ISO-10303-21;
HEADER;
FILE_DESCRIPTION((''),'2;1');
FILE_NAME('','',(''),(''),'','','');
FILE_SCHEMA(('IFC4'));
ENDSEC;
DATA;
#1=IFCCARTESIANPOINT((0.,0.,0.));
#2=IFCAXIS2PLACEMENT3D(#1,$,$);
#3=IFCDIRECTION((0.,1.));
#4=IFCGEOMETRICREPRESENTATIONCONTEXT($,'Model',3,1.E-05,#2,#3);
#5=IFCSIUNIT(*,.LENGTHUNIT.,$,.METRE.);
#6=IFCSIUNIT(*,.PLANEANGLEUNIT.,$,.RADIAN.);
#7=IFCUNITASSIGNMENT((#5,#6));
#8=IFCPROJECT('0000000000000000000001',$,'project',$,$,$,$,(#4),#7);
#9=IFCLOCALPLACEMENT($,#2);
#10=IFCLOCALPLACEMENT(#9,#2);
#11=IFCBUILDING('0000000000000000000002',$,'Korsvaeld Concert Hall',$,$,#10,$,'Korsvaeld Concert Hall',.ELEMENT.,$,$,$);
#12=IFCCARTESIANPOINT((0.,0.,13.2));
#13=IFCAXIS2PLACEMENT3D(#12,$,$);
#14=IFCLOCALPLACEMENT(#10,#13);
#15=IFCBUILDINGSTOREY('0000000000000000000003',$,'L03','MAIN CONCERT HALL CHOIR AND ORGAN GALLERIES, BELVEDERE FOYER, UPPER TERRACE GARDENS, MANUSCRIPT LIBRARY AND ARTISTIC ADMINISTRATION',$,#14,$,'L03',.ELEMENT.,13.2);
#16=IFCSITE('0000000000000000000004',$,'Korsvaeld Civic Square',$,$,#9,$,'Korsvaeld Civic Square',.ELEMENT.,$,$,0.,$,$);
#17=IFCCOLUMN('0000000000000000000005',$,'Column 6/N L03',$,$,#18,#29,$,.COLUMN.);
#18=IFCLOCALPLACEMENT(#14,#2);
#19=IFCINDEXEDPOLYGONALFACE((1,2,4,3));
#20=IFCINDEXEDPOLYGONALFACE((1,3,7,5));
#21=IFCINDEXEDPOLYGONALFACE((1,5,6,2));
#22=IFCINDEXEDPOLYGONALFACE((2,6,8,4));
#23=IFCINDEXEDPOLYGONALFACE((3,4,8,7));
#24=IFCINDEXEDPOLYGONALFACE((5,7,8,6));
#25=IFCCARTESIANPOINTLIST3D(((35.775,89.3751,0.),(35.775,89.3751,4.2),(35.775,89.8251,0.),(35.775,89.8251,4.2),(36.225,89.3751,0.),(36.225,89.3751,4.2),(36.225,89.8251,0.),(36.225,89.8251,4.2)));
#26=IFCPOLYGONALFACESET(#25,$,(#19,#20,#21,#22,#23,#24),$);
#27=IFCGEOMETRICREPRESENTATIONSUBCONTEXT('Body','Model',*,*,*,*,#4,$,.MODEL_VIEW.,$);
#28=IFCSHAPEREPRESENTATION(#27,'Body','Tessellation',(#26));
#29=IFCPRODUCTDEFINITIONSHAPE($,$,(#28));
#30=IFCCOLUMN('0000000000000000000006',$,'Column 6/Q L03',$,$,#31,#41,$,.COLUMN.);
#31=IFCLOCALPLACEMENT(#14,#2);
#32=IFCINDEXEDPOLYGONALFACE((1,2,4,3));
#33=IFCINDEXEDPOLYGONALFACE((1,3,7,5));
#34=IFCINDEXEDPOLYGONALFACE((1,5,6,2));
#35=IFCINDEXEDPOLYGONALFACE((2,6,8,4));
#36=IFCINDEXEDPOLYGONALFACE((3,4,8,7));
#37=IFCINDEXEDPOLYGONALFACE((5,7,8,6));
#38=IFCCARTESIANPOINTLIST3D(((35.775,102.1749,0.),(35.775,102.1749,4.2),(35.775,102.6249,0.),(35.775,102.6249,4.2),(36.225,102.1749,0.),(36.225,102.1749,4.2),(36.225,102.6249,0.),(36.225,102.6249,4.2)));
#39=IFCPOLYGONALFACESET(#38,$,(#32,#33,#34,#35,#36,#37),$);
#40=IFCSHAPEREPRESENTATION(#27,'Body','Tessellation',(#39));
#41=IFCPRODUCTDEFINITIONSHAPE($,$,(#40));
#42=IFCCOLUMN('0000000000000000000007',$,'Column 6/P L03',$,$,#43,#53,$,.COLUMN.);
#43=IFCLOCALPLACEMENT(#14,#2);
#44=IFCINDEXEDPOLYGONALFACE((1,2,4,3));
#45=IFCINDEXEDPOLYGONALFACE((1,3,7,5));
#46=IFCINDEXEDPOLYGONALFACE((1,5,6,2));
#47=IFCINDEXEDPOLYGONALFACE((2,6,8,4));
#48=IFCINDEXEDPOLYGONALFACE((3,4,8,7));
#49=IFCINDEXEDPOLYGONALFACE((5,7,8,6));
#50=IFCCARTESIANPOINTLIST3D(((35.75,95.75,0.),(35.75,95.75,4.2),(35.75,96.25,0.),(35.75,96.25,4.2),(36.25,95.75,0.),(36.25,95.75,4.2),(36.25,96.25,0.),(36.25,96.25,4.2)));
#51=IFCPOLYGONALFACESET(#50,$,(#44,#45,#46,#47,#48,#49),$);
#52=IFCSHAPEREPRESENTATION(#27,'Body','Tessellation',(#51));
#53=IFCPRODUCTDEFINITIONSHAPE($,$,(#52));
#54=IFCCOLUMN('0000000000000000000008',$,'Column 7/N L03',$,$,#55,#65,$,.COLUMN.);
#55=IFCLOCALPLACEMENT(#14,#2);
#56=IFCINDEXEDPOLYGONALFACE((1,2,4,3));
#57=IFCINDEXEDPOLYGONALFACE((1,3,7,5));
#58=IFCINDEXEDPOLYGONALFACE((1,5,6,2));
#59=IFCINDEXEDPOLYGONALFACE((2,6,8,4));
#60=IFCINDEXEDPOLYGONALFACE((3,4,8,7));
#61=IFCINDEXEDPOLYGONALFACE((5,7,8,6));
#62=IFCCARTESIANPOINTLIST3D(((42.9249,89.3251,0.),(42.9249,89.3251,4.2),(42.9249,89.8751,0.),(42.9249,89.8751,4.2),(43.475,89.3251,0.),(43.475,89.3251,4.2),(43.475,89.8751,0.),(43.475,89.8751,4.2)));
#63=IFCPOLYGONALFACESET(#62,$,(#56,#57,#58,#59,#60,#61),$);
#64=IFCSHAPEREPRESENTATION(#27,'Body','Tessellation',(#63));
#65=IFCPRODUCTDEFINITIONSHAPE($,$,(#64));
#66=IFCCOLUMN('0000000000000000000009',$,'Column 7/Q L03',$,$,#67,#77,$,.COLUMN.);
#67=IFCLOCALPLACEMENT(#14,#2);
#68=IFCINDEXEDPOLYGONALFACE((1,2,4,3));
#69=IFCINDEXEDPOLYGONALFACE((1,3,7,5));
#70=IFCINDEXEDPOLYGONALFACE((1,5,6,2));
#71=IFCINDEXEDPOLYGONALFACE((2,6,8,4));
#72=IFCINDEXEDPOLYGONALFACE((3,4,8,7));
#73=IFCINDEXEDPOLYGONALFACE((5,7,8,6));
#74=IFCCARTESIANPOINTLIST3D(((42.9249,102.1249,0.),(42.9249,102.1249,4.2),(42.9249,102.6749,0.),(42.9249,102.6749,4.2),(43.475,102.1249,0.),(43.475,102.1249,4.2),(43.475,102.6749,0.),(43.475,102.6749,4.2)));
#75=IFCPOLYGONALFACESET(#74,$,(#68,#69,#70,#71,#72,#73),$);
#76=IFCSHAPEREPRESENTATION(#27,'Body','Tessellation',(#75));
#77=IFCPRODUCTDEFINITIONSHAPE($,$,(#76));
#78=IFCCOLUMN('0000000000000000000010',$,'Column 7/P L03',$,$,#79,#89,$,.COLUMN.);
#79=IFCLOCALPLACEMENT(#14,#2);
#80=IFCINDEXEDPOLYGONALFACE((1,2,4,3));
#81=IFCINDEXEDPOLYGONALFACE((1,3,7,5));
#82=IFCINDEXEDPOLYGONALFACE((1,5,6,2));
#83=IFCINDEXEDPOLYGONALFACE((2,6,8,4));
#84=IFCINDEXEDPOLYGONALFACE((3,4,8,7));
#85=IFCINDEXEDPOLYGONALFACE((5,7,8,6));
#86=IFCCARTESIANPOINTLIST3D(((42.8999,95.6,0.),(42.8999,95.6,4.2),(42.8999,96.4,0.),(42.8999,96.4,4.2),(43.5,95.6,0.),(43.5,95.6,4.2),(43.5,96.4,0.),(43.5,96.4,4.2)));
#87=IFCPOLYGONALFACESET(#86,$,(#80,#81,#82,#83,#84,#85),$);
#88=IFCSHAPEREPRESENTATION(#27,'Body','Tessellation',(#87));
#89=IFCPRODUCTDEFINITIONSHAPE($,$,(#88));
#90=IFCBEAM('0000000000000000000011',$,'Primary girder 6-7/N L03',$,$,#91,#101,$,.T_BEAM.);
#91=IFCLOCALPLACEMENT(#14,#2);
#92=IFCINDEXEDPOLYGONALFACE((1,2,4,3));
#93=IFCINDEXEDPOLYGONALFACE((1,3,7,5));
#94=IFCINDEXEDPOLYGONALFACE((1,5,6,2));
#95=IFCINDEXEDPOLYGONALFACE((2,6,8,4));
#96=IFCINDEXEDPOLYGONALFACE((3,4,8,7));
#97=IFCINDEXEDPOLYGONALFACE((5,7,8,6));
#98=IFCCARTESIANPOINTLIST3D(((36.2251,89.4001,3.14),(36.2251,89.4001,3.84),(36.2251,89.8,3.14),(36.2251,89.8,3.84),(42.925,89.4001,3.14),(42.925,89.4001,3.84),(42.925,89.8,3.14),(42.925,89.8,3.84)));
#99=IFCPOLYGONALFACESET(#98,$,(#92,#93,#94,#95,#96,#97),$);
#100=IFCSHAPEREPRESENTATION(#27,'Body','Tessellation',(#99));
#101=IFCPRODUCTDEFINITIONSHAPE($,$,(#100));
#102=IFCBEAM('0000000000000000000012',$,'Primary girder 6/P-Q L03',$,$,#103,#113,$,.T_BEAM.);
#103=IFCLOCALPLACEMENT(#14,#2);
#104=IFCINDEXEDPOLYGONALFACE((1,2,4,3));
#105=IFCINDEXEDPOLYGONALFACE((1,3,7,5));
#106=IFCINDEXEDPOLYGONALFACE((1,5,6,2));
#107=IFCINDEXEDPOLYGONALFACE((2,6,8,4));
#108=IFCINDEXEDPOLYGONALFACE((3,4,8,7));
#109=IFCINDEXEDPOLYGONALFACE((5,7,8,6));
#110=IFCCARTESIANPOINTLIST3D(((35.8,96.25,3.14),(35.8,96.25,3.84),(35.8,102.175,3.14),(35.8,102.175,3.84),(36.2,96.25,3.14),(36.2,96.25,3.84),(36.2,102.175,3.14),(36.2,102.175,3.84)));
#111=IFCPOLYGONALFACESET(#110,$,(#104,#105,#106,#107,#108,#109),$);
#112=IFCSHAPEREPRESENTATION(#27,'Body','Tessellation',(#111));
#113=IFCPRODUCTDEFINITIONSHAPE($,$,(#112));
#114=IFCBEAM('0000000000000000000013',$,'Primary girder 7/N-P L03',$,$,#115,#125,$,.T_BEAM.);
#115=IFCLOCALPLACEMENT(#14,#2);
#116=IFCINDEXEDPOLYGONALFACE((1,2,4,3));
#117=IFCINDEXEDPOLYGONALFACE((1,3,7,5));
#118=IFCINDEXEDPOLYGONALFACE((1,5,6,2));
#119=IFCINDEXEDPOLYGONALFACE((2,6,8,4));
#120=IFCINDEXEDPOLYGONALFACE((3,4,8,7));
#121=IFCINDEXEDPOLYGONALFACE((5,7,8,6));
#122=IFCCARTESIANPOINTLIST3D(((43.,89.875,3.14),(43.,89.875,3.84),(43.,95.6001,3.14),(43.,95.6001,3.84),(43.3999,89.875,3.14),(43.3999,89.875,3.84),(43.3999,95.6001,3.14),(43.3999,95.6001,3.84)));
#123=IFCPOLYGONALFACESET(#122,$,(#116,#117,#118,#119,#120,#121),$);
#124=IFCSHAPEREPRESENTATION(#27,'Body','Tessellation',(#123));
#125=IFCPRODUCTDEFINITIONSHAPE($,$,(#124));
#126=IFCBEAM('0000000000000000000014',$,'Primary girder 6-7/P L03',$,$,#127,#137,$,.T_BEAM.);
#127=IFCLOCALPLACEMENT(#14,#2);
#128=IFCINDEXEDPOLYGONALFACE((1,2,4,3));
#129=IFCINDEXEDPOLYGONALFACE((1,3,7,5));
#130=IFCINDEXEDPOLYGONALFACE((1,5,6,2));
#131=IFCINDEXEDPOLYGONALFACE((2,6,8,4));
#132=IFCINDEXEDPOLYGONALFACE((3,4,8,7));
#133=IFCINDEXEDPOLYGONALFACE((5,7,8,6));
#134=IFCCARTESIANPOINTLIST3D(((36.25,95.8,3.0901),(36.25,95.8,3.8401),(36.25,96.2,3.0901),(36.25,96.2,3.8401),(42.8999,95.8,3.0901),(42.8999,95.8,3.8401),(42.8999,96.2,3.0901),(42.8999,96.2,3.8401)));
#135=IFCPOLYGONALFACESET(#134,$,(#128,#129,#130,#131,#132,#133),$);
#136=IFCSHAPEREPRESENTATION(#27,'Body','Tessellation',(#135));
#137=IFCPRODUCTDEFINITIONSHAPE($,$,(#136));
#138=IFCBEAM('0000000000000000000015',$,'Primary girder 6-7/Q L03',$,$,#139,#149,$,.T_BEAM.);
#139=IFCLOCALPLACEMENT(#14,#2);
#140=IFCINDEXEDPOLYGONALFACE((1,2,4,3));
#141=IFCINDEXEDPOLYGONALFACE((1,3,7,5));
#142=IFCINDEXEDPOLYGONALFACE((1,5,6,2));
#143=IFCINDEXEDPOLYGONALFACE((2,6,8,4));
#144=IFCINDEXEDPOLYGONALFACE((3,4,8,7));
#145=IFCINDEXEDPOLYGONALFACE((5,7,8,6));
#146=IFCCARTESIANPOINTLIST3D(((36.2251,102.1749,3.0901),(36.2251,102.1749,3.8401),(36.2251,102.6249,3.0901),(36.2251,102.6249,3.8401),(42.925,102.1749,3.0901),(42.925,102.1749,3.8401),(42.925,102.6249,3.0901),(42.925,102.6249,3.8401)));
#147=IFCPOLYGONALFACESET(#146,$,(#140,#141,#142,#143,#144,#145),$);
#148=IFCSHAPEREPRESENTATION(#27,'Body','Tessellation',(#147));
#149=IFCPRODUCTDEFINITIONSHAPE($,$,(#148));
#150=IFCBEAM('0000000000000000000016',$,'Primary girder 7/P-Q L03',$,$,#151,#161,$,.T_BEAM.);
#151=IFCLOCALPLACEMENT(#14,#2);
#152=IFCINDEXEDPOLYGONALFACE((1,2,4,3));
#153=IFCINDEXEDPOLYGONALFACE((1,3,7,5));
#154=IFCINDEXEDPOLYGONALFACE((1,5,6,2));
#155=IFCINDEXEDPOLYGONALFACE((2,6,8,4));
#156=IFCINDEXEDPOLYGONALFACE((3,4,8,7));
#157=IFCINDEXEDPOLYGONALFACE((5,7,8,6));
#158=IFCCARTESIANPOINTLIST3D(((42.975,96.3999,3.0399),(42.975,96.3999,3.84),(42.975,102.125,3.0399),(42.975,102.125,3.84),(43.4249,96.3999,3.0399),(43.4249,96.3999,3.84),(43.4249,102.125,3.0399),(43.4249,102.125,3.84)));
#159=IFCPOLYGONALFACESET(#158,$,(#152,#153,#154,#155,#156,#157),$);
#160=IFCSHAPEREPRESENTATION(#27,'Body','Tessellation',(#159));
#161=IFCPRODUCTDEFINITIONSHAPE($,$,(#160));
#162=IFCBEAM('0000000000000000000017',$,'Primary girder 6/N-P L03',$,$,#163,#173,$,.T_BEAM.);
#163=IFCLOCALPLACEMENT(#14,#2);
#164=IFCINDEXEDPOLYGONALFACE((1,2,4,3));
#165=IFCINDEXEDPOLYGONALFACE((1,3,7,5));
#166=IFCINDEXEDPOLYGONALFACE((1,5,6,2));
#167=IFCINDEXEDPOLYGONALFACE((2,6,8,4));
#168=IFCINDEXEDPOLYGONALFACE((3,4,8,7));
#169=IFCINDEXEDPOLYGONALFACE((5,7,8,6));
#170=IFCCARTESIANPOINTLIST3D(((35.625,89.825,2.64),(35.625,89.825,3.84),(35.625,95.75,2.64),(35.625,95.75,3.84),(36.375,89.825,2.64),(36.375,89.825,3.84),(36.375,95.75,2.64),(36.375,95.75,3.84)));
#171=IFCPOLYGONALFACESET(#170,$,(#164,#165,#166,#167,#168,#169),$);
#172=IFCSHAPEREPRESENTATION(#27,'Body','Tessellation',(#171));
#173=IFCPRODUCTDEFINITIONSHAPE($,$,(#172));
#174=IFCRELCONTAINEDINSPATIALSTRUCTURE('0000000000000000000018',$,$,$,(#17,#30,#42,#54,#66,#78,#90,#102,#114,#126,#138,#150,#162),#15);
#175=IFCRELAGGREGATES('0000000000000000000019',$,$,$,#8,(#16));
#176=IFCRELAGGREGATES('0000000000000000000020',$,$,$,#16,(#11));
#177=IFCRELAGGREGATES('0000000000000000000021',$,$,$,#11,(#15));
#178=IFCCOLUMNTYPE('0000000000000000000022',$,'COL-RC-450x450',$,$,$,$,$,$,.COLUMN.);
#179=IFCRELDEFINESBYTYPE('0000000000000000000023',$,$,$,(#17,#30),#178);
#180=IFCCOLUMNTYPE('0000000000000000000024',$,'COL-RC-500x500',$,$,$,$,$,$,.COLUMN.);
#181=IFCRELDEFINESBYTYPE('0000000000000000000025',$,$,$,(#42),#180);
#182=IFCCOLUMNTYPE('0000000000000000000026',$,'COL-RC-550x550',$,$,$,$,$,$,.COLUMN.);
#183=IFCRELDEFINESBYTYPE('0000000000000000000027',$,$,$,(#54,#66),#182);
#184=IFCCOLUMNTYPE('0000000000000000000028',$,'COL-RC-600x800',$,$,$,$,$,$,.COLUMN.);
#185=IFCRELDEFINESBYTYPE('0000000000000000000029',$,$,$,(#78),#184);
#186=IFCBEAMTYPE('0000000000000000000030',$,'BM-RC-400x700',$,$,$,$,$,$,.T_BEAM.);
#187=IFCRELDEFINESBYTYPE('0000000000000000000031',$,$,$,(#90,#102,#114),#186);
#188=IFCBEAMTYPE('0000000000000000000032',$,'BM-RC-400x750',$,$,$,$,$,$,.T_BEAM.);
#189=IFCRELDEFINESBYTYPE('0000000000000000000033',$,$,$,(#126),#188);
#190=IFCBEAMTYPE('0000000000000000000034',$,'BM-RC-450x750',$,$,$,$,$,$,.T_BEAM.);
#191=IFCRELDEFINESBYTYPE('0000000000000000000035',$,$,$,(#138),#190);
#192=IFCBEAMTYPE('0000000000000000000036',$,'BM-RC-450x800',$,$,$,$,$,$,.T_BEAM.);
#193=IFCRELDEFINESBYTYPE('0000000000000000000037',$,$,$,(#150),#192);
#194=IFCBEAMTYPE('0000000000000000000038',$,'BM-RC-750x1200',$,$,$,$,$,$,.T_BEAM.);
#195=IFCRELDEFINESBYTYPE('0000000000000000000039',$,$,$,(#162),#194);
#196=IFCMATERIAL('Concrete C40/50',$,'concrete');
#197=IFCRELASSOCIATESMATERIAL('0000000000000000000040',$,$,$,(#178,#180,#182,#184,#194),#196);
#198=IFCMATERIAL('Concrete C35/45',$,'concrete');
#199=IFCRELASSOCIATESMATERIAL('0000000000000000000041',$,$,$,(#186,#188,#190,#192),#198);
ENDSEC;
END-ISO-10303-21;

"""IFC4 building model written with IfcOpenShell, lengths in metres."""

from ifc_helpers import new_model, si_unit, direction, frame, origin, origin_2d, place, context, subcontext, project, spatial, rectangle, extrude, material, material_profile, profile_set, type_object, element, save


model = new_model("IFC4")

# Units and contexts
model_context = context("Model", 3, precision=1e-05, world=origin(), true_north=direction((0.0, 1.0)))
body_context = subcontext(model_context, "Body", "Model", "MODEL_VIEW")
ifc_project = project(units=[si_unit("LENGTHUNIT", "METRE"), si_unit("PLANEANGLEUNIT", "RADIAN")], contexts=[model_context])

# Site, building, storey
site_placement = place(None, origin())
site = spatial("IfcSite", under=ifc_project, at=site_placement, Name="Korsvaeld Civic Square", LongName="Korsvaeld Civic Square", CompositionType="ELEMENT", RefElevation=0.0)
building_placement = place(site_placement, origin())
building = spatial("IfcBuilding", under=site, at=building_placement, Name="Korsvaeld Concert Hall", LongName="Korsvaeld Concert Hall", CompositionType="ELEMENT")
storey_placement = place(building_placement, frame((0.0, 0.0, 13.2)))
storey = spatial("IfcBuildingStorey", under=building, at=storey_placement, Name="L03", Description="MAIN CONCERT HALL CHOIR AND ORGAN GALLERIES, BELVEDERE FOYER, UPPER TERRACE GARDENS, MANUSCRIPT LIBRARY AND ARTISTIC ADMINISTRATION", LongName="L03", CompositionType="ELEMENT", Elevation=13.2)

# Columns
ifc_material_1 = material(Name="Concrete C40/50", Category="concrete")
ifc_material_profile_1 = material_profile(ifc_material_1, rectangle(XDim=0.45, YDim=0.45, at=origin_2d()), Name="RC 450x450")
ifc_profile_set_1 = profile_set([ifc_material_profile_1], Name="Concrete C40/50")
column_type_1 = type_object("IfcColumnType", Name="COL-RC-450x450", PredefinedType="COLUMN", material=ifc_profile_set_1)
for number, where, z_axis, x_axis, name in (
    (1, (36.0, 89.6001, 0.0), (0.0, 0.0, 1.0), (1.0, 0.0, 0.0), "Column 6/N L03"),
    (2, (36.0, 102.3999, 0.0), (0.0, 0.0, 1.0), (1.0, 0.0, 0.0), "Column 6/Q L03"),
):
    element("IfcColumn", number, at=place(storey_placement, frame(where, z_axis=z_axis, x_axis=x_axis)), inside=storey, type_object=column_type_1, Name=name, PredefinedType="COLUMN", context=body_context, shape_type="SweptSolid", body=[
        extrude(rectangle(XDim=0.45, YDim=0.45, at=origin_2d()), origin(), (0.0, 0.0, 1.0), 4.2),
    ])
ifc_material_profile_2 = material_profile(ifc_material_1, rectangle(XDim=0.5, YDim=0.5, at=origin_2d()), Name="RC 500x500")
ifc_profile_set_2 = profile_set([ifc_material_profile_2], Name="Concrete C40/50")
column_type_2 = type_object("IfcColumnType", Name="COL-RC-500x500", PredefinedType="COLUMN", material=ifc_profile_set_2)
column_1_placement = place(storey_placement, frame((36.0, 96.0, 0.0), z_axis=(0.0, 0.0, 1.0), x_axis=(1.0, 0.0, 0.0)))
element("IfcColumn", 3, at=column_1_placement, inside=storey, type_object=column_type_2, Name="Column 6/P L03", PredefinedType="COLUMN", context=body_context, shape_type="SweptSolid", body=[
    extrude(rectangle(XDim=0.5, YDim=0.5, at=origin_2d()), origin(), (0.0, 0.0, 1.0), 4.2),
])
ifc_material_profile_3 = material_profile(ifc_material_1, rectangle(XDim=0.55, YDim=0.55, at=origin_2d()), Name="RC 550x550")
ifc_profile_set_3 = profile_set([ifc_material_profile_3], Name="Concrete C40/50")
column_type_3 = type_object("IfcColumnType", Name="COL-RC-550x550", PredefinedType="COLUMN", material=ifc_profile_set_3)
for number, where, z_axis, x_axis, name in (
    (4, (43.2, 89.6001, 0.0), (0.0, 0.0, 1.0), (1.0, 0.0, 0.0), "Column 7/N L03"),
    (5, (43.2, 102.3999, 0.0), (0.0, 0.0, 1.0), (1.0, 0.0, 0.0), "Column 7/Q L03"),
):
    element("IfcColumn", number, at=place(storey_placement, frame(where, z_axis=z_axis, x_axis=x_axis)), inside=storey, type_object=column_type_3, Name=name, PredefinedType="COLUMN", context=body_context, shape_type="SweptSolid", body=[
        extrude(rectangle(XDim=0.55, YDim=0.55, at=origin_2d()), origin(), (0.0, 0.0, 1.0), 4.2),
    ])
ifc_material_profile_4 = material_profile(ifc_material_1, rectangle(XDim=0.6001, YDim=0.8, at=origin_2d()), Name="RC 600x800")
ifc_profile_set_4 = profile_set([ifc_material_profile_4], Name="Concrete C40/50")
column_type_4 = type_object("IfcColumnType", Name="COL-RC-600x800", PredefinedType="COLUMN", material=ifc_profile_set_4)
column_2_placement = place(storey_placement, frame((43.2, 96.0, 0.0), z_axis=(0.0, 0.0, 1.0), x_axis=(1.0, 0.0, 0.0)))
element("IfcColumn", 6, at=column_2_placement, inside=storey, type_object=column_type_4, Name="Column 7/P L03", PredefinedType="COLUMN", context=body_context, shape_type="SweptSolid", body=[
    extrude(rectangle(XDim=0.6001, YDim=0.8, at=origin_2d()), origin(), (0.0, 0.0, 1.0), 4.2),
])

# Beams
ifc_material_2 = material(Name="Concrete C35/45", Category="concrete")
ifc_material_profile_5 = material_profile(ifc_material_2, rectangle(XDim=0.3999, YDim=0.7, at=origin_2d()), Name="RC 400x700")
ifc_profile_set_5 = profile_set([ifc_material_profile_5], Name="Concrete C35/45")
beam_type_1 = type_object("IfcBeamType", Name="BM-RC-400x700", PredefinedType="T_BEAM", material=ifc_profile_set_5)
beam_1_placement = place(storey_placement, frame((36.2251, 89.6001, 3.49), z_axis=(1.0, 0.0, 0.0), x_axis=(0.0, 1.0, 0.0)))
element("IfcBeam", 7, at=beam_1_placement, inside=storey, type_object=beam_type_1, Name="Primary girder 6-7/N L03", PredefinedType="T_BEAM", context=body_context, shape_type="SweptSolid", body=[
    extrude(rectangle(XDim=0.3999, YDim=0.7, at=origin_2d()), origin(), (0.0, 0.0, 1.0), 6.7),
])
beam_2_placement = place(storey_placement, frame((36.0, 96.25, 3.49), z_axis=(0.0, 1.0, 0.0), x_axis=(-1.0, 0.0, 0.0)))
element("IfcBeam", 8, at=beam_2_placement, inside=storey, type_object=beam_type_1, Name="Primary girder 6/P-Q L03", PredefinedType="T_BEAM", context=body_context, shape_type="SweptSolid", body=[
    extrude(rectangle(XDim=0.3999, YDim=0.7, at=origin_2d()), origin(), (0.0, 0.0, 1.0), 5.925),
])
beam_3_placement = place(storey_placement, frame((43.2, 89.875, 3.49), z_axis=(0.0, 1.0, 0.0), x_axis=(-1.0, 0.0, 0.0)))
element("IfcBeam", 9, at=beam_3_placement, inside=storey, type_object=beam_type_1, Name="Primary girder 7/N-P L03", PredefinedType="T_BEAM", context=body_context, shape_type="SweptSolid", body=[
    extrude(rectangle(XDim=0.3999, YDim=0.7, at=origin_2d()), origin(), (0.0, 0.0, 1.0), 5.7251),
])
ifc_material_profile_6 = material_profile(ifc_material_2, rectangle(XDim=0.3999, YDim=0.75, at=origin_2d()), Name="RC 400x750")
ifc_profile_set_6 = profile_set([ifc_material_profile_6], Name="Concrete C35/45")
beam_type_2 = type_object("IfcBeamType", Name="BM-RC-400x750", PredefinedType="T_BEAM", material=ifc_profile_set_6)
beam_4_placement = place(storey_placement, frame((36.25, 96.0, 3.4651), z_axis=(1.0, 0.0, 0.0), x_axis=(0.0, 1.0, 0.0)))
element("IfcBeam", 10, at=beam_4_placement, inside=storey, type_object=beam_type_2, Name="Primary girder 6-7/P L03", PredefinedType="T_BEAM", context=body_context, shape_type="SweptSolid", body=[
    extrude(rectangle(XDim=0.3999, YDim=0.75, at=origin_2d()), origin(), (0.0, 0.0, 1.0), 6.6499),
])
ifc_material_profile_7 = material_profile(ifc_material_2, rectangle(XDim=0.45, YDim=0.75, at=origin_2d()), Name="RC 450x750")
ifc_profile_set_7 = profile_set([ifc_material_profile_7], Name="Concrete C35/45")
beam_type_3 = type_object("IfcBeamType", Name="BM-RC-450x750", PredefinedType="T_BEAM", material=ifc_profile_set_7)
beam_5_placement = place(storey_placement, frame((36.2251, 102.3999, 3.4651), z_axis=(1.0, 0.0, 0.0), x_axis=(0.0, 1.0, 0.0)))
element("IfcBeam", 11, at=beam_5_placement, inside=storey, type_object=beam_type_3, Name="Primary girder 6-7/Q L03", PredefinedType="T_BEAM", context=body_context, shape_type="SweptSolid", body=[
    extrude(rectangle(XDim=0.45, YDim=0.75, at=origin_2d()), origin(), (0.0, 0.0, 1.0), 6.7),
])
ifc_material_profile_8 = material_profile(ifc_material_2, rectangle(XDim=0.45, YDim=0.8, at=origin_2d()), Name="RC 450x800")
ifc_profile_set_8 = profile_set([ifc_material_profile_8], Name="Concrete C35/45")
beam_type_4 = type_object("IfcBeamType", Name="BM-RC-450x800", PredefinedType="T_BEAM", material=ifc_profile_set_8)
beam_6_placement = place(storey_placement, frame((43.2, 96.3999, 3.4399), z_axis=(0.0, 1.0, 0.0), x_axis=(-1.0, 0.0, 0.0)))
element("IfcBeam", 12, at=beam_6_placement, inside=storey, type_object=beam_type_4, Name="Primary girder 7/P-Q L03", PredefinedType="T_BEAM", context=body_context, shape_type="SweptSolid", body=[
    extrude(rectangle(XDim=0.45, YDim=0.8, at=origin_2d()), origin(), (0.0, 0.0, 1.0), 5.7251),
])
ifc_material_profile_9 = material_profile(ifc_material_1, rectangle(XDim=0.75, YDim=1.2, at=origin_2d()), Name="RC 750x1200")
ifc_profile_set_9 = profile_set([ifc_material_profile_9], Name="Concrete C40/50")
beam_type_5 = type_object("IfcBeamType", Name="BM-RC-750x1200", PredefinedType="T_BEAM", material=ifc_profile_set_9)
beam_7_placement = place(storey_placement, frame((36.0, 89.825, 3.24), z_axis=(0.0, 1.0, 0.0), x_axis=(-1.0, 0.0, 0.0)))
element("IfcBeam", 13, at=beam_7_placement, inside=storey, type_object=beam_type_5, Name="Primary girder 6/N-P L03", PredefinedType="T_BEAM", context=body_context, shape_type="SweptSolid", body=[
    extrude(rectangle(XDim=0.75, YDim=1.2, at=origin_2d()), origin(), (0.0, 0.0, 1.0), 5.925),
])

save(model, "model.ifc")
